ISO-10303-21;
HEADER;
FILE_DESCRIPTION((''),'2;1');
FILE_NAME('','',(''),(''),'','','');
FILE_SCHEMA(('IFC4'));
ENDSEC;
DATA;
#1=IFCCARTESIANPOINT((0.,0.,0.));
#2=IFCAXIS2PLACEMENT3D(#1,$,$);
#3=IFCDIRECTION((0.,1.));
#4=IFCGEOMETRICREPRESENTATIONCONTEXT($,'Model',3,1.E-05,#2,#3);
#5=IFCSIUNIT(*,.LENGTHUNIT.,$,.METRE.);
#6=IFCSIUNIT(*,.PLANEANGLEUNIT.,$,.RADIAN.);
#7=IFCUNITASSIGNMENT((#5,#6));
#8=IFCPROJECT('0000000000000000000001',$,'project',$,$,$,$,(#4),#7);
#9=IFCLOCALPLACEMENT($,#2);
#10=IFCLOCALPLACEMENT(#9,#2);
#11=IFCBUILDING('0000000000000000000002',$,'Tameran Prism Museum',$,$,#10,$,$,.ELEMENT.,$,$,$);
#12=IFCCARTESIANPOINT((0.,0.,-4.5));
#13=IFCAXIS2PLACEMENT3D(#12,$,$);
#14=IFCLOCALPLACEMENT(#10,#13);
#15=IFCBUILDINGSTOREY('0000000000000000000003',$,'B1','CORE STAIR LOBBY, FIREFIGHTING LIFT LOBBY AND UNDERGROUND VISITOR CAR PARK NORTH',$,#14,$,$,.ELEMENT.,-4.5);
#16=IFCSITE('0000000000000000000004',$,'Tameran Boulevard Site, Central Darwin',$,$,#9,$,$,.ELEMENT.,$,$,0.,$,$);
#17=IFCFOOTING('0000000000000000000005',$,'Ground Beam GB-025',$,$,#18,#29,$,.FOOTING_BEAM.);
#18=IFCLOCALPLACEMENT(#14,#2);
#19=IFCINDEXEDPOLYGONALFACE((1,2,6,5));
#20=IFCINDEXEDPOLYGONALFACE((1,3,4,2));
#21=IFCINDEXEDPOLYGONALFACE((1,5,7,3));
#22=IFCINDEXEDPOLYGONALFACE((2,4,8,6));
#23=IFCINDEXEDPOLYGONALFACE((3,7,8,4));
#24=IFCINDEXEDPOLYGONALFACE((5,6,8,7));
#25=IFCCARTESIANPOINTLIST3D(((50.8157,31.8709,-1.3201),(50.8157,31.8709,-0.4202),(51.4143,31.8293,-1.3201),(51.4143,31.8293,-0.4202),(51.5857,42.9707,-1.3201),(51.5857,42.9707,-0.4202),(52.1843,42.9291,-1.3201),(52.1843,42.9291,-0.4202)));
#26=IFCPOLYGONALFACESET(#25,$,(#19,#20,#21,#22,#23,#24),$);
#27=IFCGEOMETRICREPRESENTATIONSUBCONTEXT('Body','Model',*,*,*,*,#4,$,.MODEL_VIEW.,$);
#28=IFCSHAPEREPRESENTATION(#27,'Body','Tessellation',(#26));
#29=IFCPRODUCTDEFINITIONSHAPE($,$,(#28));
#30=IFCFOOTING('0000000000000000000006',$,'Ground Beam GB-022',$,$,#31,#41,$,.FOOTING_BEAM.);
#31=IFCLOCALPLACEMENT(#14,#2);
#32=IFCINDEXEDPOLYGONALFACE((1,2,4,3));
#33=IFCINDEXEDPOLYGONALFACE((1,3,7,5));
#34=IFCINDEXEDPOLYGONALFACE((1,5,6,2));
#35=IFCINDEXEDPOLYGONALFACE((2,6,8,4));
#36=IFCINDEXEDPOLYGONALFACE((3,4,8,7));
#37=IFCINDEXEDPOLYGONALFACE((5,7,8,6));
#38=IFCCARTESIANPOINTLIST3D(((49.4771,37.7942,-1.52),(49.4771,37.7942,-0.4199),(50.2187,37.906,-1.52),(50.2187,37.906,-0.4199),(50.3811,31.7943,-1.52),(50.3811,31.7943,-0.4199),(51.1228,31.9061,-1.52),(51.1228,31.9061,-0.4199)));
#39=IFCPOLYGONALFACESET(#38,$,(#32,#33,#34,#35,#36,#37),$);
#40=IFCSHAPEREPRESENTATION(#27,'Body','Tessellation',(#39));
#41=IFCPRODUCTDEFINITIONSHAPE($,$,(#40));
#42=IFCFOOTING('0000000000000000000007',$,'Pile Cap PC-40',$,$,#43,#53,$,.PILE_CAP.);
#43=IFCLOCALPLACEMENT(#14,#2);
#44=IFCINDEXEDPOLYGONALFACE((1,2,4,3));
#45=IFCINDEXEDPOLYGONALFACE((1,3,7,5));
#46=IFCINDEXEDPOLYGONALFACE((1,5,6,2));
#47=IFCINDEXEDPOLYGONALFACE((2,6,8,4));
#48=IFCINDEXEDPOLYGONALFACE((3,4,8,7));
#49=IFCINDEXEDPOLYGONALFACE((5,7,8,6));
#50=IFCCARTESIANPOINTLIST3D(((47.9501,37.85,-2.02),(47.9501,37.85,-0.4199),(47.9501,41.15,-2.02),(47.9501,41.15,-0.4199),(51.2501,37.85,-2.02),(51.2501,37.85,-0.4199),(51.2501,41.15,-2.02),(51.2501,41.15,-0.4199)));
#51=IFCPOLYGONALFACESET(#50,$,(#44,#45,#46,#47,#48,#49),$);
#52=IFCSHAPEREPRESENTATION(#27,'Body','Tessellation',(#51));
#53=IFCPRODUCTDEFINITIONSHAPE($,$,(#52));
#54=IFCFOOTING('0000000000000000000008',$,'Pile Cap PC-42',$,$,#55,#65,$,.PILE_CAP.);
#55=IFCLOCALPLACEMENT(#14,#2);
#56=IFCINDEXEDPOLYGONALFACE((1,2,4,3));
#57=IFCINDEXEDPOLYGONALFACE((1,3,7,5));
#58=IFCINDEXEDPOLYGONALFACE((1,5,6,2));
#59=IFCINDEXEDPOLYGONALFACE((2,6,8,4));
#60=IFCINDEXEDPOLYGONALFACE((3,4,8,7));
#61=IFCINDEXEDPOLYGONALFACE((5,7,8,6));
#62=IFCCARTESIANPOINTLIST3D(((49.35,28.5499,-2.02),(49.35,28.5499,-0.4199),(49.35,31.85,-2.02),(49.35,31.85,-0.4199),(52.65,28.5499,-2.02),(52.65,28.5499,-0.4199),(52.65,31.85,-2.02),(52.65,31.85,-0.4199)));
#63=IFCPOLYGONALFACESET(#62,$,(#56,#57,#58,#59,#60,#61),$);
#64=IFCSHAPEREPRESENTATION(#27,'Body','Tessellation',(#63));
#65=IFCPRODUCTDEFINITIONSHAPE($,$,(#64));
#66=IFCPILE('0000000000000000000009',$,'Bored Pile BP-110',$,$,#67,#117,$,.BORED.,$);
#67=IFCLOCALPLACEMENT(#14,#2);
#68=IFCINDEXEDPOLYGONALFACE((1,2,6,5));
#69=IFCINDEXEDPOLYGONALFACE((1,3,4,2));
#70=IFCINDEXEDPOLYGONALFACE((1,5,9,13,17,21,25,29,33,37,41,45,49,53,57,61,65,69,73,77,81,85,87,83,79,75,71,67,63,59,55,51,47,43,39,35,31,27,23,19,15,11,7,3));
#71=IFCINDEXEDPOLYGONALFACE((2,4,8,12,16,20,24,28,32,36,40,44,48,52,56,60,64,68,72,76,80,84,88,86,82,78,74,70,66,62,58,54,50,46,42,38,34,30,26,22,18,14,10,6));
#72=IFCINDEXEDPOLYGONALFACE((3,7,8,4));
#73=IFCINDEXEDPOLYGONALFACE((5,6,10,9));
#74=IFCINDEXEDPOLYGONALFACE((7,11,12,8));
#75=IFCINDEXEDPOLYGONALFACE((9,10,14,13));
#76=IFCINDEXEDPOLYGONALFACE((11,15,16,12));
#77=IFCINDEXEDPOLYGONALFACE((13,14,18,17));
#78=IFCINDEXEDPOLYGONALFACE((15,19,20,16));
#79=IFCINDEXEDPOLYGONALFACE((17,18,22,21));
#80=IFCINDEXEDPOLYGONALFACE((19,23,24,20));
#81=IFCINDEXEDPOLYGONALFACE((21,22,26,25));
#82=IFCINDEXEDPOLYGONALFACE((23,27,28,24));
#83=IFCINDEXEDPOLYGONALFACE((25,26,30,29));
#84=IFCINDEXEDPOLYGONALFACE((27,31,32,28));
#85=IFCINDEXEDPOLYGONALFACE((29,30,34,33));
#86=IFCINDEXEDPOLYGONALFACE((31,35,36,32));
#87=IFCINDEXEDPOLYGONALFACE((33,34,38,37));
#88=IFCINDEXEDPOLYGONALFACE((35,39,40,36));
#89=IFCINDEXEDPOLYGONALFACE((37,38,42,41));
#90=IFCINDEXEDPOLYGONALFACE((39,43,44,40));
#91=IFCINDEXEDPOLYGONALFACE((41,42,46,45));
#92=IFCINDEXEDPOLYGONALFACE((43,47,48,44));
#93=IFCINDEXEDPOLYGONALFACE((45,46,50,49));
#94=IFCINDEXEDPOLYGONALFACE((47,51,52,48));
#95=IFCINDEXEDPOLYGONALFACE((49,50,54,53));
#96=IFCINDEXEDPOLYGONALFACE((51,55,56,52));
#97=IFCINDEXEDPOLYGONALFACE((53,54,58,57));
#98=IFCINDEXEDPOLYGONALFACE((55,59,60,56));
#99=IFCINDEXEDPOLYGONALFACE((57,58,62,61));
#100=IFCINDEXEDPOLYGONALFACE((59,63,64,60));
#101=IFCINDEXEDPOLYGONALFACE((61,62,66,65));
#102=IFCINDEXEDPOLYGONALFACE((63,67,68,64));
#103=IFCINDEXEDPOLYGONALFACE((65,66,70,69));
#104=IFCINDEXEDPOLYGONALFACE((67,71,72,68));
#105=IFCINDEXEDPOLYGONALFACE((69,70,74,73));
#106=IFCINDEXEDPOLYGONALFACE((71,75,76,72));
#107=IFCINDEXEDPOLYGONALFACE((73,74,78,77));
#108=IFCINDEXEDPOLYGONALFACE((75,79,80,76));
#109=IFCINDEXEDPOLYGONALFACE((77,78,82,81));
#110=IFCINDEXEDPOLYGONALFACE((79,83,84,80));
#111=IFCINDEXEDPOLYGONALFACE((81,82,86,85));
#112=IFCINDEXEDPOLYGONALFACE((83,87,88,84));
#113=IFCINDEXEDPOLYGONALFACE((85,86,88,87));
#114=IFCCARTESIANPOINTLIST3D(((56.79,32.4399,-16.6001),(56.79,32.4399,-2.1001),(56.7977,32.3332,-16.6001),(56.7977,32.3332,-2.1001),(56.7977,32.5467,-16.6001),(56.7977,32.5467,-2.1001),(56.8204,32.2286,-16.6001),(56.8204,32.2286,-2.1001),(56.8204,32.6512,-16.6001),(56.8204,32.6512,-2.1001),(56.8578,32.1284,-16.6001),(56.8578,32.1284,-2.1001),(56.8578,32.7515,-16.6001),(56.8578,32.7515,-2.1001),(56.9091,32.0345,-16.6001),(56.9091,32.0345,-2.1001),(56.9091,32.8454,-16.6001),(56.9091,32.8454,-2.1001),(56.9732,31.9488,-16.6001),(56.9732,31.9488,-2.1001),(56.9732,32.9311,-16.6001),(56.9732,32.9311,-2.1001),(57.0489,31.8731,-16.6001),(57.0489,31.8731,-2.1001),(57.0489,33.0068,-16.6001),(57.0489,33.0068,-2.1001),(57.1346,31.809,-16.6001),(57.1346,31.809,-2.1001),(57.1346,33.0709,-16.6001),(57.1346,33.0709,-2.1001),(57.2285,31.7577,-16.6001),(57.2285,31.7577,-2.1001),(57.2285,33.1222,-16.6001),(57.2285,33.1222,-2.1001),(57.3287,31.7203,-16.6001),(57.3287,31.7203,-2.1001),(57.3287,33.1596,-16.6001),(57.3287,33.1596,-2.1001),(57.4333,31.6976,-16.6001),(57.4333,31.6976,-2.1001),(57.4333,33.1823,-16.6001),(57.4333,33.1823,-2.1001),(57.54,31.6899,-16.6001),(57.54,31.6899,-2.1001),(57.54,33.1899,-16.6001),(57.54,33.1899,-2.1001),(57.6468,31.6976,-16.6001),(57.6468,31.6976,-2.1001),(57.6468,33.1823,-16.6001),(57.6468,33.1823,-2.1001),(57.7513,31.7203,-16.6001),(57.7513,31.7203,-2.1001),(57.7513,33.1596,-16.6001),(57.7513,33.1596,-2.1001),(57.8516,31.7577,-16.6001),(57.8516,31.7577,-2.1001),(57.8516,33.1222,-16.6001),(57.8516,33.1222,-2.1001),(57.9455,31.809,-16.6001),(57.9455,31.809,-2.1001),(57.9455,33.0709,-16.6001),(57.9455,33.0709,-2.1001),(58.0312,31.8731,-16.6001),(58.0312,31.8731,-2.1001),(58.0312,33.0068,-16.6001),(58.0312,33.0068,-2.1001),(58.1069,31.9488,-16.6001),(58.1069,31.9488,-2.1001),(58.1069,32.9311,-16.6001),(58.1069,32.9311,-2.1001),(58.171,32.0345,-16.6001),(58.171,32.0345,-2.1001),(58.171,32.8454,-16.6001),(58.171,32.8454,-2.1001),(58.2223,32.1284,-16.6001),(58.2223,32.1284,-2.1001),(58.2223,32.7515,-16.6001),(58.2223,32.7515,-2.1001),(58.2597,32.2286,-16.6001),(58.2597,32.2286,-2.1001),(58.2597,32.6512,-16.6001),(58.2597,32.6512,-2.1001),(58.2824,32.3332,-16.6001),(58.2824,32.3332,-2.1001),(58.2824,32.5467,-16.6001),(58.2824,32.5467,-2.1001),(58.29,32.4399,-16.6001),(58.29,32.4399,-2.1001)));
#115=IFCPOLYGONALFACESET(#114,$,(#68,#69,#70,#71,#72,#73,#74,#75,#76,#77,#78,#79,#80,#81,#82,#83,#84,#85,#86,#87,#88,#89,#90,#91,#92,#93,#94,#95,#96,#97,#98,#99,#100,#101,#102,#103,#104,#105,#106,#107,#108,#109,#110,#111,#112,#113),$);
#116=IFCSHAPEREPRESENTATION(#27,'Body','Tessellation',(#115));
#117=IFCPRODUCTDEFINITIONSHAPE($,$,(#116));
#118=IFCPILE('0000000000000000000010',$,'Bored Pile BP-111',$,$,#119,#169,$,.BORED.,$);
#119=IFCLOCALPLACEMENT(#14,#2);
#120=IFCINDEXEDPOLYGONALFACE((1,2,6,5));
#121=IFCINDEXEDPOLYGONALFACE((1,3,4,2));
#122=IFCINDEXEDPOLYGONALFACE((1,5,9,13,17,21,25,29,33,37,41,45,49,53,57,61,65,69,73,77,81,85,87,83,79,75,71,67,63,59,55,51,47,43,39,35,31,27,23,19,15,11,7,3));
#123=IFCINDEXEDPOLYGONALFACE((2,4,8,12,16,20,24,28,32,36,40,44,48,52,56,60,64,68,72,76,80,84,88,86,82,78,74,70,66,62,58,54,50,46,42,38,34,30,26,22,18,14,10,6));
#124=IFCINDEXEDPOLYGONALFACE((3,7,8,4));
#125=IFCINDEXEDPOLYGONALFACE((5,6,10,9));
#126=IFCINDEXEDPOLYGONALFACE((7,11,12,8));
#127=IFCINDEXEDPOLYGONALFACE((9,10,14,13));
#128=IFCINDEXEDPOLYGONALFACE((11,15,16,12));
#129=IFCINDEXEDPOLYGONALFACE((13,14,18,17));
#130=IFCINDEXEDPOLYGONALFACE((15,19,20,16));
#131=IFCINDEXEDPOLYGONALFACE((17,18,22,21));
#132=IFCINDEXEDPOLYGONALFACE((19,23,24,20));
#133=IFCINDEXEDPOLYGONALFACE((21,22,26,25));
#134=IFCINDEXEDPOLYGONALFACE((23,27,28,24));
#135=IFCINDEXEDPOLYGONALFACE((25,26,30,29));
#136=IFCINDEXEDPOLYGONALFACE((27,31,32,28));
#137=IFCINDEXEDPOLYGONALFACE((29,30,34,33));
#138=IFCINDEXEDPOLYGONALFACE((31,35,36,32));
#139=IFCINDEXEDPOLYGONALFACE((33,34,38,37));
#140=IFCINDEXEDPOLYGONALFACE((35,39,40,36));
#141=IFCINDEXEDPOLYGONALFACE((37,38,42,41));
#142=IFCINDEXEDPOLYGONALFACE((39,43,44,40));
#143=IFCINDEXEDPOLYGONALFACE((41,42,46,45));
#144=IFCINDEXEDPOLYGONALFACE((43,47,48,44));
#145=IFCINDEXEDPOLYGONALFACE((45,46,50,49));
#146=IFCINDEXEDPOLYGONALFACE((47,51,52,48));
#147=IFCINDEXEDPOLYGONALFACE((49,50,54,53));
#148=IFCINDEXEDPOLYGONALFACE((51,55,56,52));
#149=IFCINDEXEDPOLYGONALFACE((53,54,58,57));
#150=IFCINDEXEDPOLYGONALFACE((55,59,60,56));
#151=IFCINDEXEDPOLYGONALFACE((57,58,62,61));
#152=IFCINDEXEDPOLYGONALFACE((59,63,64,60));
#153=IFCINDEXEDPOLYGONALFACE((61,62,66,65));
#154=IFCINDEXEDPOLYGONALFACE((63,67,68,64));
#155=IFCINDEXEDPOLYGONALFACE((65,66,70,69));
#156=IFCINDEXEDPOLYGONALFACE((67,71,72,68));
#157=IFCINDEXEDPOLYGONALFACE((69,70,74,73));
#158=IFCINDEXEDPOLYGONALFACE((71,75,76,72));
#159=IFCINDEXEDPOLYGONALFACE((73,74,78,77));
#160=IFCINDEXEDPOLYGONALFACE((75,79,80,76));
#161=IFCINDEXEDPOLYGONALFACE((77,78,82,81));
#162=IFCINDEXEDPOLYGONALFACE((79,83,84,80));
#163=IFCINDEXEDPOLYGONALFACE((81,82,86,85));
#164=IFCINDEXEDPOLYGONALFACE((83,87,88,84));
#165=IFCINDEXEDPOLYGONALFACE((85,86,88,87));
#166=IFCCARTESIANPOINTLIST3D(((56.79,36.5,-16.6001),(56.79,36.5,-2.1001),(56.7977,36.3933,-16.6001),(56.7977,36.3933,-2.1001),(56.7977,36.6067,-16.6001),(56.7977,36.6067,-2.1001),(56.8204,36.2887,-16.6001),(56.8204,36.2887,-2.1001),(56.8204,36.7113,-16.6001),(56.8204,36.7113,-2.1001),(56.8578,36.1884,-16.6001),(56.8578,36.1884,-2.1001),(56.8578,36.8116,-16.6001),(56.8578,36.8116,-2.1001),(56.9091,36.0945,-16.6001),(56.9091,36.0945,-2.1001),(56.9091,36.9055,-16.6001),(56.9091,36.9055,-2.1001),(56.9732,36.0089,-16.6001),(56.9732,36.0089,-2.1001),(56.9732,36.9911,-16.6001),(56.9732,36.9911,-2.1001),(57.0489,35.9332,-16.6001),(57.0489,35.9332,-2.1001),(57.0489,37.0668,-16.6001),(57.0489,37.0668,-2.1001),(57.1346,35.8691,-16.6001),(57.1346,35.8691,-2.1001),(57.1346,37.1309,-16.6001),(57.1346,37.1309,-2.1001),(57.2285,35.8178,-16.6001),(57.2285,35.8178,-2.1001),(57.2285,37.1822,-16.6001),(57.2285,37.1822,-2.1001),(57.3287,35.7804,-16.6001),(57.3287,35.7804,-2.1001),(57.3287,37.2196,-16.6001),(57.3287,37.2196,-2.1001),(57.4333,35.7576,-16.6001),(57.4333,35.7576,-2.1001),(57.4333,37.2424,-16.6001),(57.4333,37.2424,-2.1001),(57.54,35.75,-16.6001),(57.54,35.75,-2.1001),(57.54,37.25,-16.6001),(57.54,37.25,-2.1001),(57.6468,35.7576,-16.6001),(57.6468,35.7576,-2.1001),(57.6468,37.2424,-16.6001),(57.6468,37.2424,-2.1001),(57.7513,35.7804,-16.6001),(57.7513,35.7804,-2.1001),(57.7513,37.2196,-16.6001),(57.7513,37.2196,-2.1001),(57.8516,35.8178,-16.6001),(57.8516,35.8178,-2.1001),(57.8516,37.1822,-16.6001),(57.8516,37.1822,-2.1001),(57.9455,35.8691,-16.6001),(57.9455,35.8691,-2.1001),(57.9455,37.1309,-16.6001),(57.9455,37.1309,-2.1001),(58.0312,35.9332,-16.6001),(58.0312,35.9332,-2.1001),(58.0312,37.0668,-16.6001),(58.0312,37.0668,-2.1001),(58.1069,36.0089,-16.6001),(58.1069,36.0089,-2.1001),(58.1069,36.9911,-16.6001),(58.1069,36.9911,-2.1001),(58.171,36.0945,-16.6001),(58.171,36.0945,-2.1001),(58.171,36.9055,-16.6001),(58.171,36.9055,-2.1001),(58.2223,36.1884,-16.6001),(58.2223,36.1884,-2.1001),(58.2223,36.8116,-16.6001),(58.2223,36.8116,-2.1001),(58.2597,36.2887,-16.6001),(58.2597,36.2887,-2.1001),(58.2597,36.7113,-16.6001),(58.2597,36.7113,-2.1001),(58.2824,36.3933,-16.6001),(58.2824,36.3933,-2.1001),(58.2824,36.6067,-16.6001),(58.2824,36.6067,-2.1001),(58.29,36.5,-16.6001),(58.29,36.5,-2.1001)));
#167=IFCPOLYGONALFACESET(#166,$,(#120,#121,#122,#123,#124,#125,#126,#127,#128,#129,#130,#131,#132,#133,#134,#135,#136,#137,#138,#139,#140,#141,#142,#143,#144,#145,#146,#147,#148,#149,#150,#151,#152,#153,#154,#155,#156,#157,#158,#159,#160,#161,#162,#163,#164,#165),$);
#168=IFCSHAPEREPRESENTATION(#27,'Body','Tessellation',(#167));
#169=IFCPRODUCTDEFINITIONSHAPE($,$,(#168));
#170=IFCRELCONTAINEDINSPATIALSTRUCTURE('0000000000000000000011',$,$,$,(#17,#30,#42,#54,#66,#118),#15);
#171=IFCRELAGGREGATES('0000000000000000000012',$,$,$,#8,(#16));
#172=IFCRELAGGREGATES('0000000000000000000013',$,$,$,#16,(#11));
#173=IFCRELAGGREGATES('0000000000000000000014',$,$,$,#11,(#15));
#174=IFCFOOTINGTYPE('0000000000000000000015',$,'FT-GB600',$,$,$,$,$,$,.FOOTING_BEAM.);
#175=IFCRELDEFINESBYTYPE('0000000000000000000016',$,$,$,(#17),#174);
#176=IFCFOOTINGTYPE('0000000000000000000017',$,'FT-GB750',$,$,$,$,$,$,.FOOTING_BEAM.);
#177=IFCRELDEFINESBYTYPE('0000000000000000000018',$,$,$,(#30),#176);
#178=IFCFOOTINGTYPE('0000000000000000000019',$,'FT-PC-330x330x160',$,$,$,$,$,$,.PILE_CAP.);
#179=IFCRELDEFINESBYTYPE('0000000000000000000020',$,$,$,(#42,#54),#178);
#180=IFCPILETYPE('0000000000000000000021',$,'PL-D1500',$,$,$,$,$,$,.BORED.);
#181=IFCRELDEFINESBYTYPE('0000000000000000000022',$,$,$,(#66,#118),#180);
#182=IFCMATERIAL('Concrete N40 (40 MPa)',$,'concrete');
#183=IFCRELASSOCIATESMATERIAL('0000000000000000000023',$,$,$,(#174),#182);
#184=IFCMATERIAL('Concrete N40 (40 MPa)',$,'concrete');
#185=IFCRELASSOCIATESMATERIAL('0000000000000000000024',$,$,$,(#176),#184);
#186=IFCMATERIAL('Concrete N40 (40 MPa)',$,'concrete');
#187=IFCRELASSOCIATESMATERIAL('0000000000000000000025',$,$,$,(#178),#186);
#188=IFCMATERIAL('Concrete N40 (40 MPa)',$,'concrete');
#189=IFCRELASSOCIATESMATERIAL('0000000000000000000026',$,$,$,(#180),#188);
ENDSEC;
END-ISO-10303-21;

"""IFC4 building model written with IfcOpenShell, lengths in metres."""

from ifc_helpers import new_model, si_unit, direction, frame, origin, origin_2d, place, context, subcontext, project, spatial, rectangle, circle, extrude, material, material_profile, profile_set, type_object, element, save


model = new_model("IFC4")

# Units and contexts
model_context = context("Model", 3, precision=1e-05, world=origin(), true_north=direction((0.0, 1.0)))
body_context = subcontext(model_context, "Body", "Model", "MODEL_VIEW")
ifc_project = project(units=[si_unit("LENGTHUNIT", "METRE"), si_unit("PLANEANGLEUNIT", "RADIAN")], contexts=[model_context])

# Site, building, storey
site_placement = place(None, origin())
site = spatial("IfcSite", under=ifc_project, at=site_placement, Name="Tameran Boulevard Site, Central Darwin", CompositionType="ELEMENT", RefElevation=0.0)
building_placement = place(site_placement, origin())
building = spatial("IfcBuilding", under=site, at=building_placement, Name="Tameran Prism Museum", CompositionType="ELEMENT")
storey_placement = place(building_placement, frame((0.0, 0.0, -4.5)))
storey = spatial("IfcBuildingStorey", under=building, at=storey_placement, Name="B1", Description="CORE STAIR LOBBY, FIREFIGHTING LIFT LOBBY AND UNDERGROUND VISITOR CAR PARK NORTH", CompositionType="ELEMENT", Elevation=-4.5)

# Footings
ifc_material_1 = material(Name="Concrete N40 (40 MPa)", Category="concrete")
ifc_material_profile_1 = material_profile(ifc_material_1, rectangle(XDim=0.6001, YDim=0.8999, at=origin_2d()))
ifc_profile_set_1 = profile_set([ifc_material_profile_1])
footing_type_1 = type_object("IfcFootingType", Name="FT-GB600", PredefinedType="FOOTING_BEAM", material=ifc_profile_set_1)
footing_1_placement = place(storey_placement, frame((51.115, 31.8501, -0.8701), z_axis=(0.069206, 0.997602, 0.0), x_axis=(-0.997602, 0.069206, 0.0)))
element("IfcFooting", 1, at=footing_1_placement, inside=storey, type_object=footing_type_1, Name="Ground Beam GB-025", PredefinedType="FOOTING_BEAM", context=body_context, shape_type="SweptSolid", body=[
    extrude(rectangle(XDim=0.6001, YDim=0.8999, at=origin_2d()), origin(), (0.0, 0.0, 1.0), 11.1265),
])
ifc_material_2 = material(Name="Concrete N40 (40 MPa)", Category="concrete")
ifc_material_profile_2 = material_profile(ifc_material_2, rectangle(XDim=0.75, YDim=1.1001, at=origin_2d()))
ifc_profile_set_2 = profile_set([ifc_material_profile_2])
footing_type_2 = type_object("IfcFootingType", Name="FT-GB750", PredefinedType="FOOTING_BEAM", material=ifc_profile_set_2)
footing_2_placement = place(storey_placement, frame((49.8479, 37.8501, -0.97), z_axis=(0.148994, -0.988838, 0.0), x_axis=(0.988838, 0.148994, 0.0)))
element("IfcFooting", 2, at=footing_2_placement, inside=storey, type_object=footing_type_2, Name="Ground Beam GB-022", PredefinedType="FOOTING_BEAM", context=body_context, shape_type="SweptSolid", body=[
    extrude(rectangle(XDim=0.75, YDim=1.1001, at=origin_2d()), origin(), (0.0, 0.0, 1.0), 6.0676),
])
ifc_material_3 = material(Name="Concrete N40 (40 MPa)", Category="concrete")
footing_type_3 = type_object("IfcFootingType", Name="FT-PC-330x330x160", PredefinedType="PILE_CAP", material=ifc_material_3)
for number, where, z_axis, x_axis, name in (
    (3, (49.6001, 39.5, -2.02), (0.0, 0.0, 1.0), (1.0, 0.0, 0.0), "Pile Cap PC-40"),
    (4, (51.0, 30.2, -2.02), (0.0, 0.0, 1.0), (1.0, 0.0, 0.0), "Pile Cap PC-42"),
):
    element("IfcFooting", number, at=place(storey_placement, frame(where, z_axis=z_axis, x_axis=x_axis)), inside=storey, type_object=footing_type_3, Name=name, PredefinedType="PILE_CAP", context=body_context, shape_type="SweptSolid", body=[
        extrude(rectangle(XDim=3.3, YDim=3.3, at=origin_2d()), origin(), (0.0, 0.0, 1.0), 1.6001),
    ])

# Piles
ifc_material_4 = material(Name="Concrete N40 (40 MPa)", Category="concrete")
ifc_material_profile_3 = material_profile(ifc_material_4, circle(Radius=0.75, at=origin_2d()))
ifc_profile_set_3 = profile_set([ifc_material_profile_3])
pile_type_1 = type_object("IfcPileType", Name="PL-D1500", PredefinedType="BORED", material=ifc_profile_set_3)
for number, where, z_axis, x_axis, name in (
    (5, (57.54, 32.4399, -2.1001), (0.0, 0.0, -1.0), (1.0, 0.0, 0.0), "Bored Pile BP-110"),
    (6, (57.54, 36.5, -2.1001), (0.0, 0.0, -1.0), (1.0, 0.0, 0.0), "Bored Pile BP-111"),
):
    element("IfcPile", number, at=place(storey_placement, frame(where, z_axis=z_axis, x_axis=x_axis)), inside=storey, type_object=pile_type_1, Name=name, PredefinedType="BORED", context=body_context, shape_type="SweptSolid", body=[
        extrude(circle(Radius=0.75, at=origin_2d()), origin(), (0.0, 0.0, 1.0), 14.5),
    ])

save(model, "model.ifc")
